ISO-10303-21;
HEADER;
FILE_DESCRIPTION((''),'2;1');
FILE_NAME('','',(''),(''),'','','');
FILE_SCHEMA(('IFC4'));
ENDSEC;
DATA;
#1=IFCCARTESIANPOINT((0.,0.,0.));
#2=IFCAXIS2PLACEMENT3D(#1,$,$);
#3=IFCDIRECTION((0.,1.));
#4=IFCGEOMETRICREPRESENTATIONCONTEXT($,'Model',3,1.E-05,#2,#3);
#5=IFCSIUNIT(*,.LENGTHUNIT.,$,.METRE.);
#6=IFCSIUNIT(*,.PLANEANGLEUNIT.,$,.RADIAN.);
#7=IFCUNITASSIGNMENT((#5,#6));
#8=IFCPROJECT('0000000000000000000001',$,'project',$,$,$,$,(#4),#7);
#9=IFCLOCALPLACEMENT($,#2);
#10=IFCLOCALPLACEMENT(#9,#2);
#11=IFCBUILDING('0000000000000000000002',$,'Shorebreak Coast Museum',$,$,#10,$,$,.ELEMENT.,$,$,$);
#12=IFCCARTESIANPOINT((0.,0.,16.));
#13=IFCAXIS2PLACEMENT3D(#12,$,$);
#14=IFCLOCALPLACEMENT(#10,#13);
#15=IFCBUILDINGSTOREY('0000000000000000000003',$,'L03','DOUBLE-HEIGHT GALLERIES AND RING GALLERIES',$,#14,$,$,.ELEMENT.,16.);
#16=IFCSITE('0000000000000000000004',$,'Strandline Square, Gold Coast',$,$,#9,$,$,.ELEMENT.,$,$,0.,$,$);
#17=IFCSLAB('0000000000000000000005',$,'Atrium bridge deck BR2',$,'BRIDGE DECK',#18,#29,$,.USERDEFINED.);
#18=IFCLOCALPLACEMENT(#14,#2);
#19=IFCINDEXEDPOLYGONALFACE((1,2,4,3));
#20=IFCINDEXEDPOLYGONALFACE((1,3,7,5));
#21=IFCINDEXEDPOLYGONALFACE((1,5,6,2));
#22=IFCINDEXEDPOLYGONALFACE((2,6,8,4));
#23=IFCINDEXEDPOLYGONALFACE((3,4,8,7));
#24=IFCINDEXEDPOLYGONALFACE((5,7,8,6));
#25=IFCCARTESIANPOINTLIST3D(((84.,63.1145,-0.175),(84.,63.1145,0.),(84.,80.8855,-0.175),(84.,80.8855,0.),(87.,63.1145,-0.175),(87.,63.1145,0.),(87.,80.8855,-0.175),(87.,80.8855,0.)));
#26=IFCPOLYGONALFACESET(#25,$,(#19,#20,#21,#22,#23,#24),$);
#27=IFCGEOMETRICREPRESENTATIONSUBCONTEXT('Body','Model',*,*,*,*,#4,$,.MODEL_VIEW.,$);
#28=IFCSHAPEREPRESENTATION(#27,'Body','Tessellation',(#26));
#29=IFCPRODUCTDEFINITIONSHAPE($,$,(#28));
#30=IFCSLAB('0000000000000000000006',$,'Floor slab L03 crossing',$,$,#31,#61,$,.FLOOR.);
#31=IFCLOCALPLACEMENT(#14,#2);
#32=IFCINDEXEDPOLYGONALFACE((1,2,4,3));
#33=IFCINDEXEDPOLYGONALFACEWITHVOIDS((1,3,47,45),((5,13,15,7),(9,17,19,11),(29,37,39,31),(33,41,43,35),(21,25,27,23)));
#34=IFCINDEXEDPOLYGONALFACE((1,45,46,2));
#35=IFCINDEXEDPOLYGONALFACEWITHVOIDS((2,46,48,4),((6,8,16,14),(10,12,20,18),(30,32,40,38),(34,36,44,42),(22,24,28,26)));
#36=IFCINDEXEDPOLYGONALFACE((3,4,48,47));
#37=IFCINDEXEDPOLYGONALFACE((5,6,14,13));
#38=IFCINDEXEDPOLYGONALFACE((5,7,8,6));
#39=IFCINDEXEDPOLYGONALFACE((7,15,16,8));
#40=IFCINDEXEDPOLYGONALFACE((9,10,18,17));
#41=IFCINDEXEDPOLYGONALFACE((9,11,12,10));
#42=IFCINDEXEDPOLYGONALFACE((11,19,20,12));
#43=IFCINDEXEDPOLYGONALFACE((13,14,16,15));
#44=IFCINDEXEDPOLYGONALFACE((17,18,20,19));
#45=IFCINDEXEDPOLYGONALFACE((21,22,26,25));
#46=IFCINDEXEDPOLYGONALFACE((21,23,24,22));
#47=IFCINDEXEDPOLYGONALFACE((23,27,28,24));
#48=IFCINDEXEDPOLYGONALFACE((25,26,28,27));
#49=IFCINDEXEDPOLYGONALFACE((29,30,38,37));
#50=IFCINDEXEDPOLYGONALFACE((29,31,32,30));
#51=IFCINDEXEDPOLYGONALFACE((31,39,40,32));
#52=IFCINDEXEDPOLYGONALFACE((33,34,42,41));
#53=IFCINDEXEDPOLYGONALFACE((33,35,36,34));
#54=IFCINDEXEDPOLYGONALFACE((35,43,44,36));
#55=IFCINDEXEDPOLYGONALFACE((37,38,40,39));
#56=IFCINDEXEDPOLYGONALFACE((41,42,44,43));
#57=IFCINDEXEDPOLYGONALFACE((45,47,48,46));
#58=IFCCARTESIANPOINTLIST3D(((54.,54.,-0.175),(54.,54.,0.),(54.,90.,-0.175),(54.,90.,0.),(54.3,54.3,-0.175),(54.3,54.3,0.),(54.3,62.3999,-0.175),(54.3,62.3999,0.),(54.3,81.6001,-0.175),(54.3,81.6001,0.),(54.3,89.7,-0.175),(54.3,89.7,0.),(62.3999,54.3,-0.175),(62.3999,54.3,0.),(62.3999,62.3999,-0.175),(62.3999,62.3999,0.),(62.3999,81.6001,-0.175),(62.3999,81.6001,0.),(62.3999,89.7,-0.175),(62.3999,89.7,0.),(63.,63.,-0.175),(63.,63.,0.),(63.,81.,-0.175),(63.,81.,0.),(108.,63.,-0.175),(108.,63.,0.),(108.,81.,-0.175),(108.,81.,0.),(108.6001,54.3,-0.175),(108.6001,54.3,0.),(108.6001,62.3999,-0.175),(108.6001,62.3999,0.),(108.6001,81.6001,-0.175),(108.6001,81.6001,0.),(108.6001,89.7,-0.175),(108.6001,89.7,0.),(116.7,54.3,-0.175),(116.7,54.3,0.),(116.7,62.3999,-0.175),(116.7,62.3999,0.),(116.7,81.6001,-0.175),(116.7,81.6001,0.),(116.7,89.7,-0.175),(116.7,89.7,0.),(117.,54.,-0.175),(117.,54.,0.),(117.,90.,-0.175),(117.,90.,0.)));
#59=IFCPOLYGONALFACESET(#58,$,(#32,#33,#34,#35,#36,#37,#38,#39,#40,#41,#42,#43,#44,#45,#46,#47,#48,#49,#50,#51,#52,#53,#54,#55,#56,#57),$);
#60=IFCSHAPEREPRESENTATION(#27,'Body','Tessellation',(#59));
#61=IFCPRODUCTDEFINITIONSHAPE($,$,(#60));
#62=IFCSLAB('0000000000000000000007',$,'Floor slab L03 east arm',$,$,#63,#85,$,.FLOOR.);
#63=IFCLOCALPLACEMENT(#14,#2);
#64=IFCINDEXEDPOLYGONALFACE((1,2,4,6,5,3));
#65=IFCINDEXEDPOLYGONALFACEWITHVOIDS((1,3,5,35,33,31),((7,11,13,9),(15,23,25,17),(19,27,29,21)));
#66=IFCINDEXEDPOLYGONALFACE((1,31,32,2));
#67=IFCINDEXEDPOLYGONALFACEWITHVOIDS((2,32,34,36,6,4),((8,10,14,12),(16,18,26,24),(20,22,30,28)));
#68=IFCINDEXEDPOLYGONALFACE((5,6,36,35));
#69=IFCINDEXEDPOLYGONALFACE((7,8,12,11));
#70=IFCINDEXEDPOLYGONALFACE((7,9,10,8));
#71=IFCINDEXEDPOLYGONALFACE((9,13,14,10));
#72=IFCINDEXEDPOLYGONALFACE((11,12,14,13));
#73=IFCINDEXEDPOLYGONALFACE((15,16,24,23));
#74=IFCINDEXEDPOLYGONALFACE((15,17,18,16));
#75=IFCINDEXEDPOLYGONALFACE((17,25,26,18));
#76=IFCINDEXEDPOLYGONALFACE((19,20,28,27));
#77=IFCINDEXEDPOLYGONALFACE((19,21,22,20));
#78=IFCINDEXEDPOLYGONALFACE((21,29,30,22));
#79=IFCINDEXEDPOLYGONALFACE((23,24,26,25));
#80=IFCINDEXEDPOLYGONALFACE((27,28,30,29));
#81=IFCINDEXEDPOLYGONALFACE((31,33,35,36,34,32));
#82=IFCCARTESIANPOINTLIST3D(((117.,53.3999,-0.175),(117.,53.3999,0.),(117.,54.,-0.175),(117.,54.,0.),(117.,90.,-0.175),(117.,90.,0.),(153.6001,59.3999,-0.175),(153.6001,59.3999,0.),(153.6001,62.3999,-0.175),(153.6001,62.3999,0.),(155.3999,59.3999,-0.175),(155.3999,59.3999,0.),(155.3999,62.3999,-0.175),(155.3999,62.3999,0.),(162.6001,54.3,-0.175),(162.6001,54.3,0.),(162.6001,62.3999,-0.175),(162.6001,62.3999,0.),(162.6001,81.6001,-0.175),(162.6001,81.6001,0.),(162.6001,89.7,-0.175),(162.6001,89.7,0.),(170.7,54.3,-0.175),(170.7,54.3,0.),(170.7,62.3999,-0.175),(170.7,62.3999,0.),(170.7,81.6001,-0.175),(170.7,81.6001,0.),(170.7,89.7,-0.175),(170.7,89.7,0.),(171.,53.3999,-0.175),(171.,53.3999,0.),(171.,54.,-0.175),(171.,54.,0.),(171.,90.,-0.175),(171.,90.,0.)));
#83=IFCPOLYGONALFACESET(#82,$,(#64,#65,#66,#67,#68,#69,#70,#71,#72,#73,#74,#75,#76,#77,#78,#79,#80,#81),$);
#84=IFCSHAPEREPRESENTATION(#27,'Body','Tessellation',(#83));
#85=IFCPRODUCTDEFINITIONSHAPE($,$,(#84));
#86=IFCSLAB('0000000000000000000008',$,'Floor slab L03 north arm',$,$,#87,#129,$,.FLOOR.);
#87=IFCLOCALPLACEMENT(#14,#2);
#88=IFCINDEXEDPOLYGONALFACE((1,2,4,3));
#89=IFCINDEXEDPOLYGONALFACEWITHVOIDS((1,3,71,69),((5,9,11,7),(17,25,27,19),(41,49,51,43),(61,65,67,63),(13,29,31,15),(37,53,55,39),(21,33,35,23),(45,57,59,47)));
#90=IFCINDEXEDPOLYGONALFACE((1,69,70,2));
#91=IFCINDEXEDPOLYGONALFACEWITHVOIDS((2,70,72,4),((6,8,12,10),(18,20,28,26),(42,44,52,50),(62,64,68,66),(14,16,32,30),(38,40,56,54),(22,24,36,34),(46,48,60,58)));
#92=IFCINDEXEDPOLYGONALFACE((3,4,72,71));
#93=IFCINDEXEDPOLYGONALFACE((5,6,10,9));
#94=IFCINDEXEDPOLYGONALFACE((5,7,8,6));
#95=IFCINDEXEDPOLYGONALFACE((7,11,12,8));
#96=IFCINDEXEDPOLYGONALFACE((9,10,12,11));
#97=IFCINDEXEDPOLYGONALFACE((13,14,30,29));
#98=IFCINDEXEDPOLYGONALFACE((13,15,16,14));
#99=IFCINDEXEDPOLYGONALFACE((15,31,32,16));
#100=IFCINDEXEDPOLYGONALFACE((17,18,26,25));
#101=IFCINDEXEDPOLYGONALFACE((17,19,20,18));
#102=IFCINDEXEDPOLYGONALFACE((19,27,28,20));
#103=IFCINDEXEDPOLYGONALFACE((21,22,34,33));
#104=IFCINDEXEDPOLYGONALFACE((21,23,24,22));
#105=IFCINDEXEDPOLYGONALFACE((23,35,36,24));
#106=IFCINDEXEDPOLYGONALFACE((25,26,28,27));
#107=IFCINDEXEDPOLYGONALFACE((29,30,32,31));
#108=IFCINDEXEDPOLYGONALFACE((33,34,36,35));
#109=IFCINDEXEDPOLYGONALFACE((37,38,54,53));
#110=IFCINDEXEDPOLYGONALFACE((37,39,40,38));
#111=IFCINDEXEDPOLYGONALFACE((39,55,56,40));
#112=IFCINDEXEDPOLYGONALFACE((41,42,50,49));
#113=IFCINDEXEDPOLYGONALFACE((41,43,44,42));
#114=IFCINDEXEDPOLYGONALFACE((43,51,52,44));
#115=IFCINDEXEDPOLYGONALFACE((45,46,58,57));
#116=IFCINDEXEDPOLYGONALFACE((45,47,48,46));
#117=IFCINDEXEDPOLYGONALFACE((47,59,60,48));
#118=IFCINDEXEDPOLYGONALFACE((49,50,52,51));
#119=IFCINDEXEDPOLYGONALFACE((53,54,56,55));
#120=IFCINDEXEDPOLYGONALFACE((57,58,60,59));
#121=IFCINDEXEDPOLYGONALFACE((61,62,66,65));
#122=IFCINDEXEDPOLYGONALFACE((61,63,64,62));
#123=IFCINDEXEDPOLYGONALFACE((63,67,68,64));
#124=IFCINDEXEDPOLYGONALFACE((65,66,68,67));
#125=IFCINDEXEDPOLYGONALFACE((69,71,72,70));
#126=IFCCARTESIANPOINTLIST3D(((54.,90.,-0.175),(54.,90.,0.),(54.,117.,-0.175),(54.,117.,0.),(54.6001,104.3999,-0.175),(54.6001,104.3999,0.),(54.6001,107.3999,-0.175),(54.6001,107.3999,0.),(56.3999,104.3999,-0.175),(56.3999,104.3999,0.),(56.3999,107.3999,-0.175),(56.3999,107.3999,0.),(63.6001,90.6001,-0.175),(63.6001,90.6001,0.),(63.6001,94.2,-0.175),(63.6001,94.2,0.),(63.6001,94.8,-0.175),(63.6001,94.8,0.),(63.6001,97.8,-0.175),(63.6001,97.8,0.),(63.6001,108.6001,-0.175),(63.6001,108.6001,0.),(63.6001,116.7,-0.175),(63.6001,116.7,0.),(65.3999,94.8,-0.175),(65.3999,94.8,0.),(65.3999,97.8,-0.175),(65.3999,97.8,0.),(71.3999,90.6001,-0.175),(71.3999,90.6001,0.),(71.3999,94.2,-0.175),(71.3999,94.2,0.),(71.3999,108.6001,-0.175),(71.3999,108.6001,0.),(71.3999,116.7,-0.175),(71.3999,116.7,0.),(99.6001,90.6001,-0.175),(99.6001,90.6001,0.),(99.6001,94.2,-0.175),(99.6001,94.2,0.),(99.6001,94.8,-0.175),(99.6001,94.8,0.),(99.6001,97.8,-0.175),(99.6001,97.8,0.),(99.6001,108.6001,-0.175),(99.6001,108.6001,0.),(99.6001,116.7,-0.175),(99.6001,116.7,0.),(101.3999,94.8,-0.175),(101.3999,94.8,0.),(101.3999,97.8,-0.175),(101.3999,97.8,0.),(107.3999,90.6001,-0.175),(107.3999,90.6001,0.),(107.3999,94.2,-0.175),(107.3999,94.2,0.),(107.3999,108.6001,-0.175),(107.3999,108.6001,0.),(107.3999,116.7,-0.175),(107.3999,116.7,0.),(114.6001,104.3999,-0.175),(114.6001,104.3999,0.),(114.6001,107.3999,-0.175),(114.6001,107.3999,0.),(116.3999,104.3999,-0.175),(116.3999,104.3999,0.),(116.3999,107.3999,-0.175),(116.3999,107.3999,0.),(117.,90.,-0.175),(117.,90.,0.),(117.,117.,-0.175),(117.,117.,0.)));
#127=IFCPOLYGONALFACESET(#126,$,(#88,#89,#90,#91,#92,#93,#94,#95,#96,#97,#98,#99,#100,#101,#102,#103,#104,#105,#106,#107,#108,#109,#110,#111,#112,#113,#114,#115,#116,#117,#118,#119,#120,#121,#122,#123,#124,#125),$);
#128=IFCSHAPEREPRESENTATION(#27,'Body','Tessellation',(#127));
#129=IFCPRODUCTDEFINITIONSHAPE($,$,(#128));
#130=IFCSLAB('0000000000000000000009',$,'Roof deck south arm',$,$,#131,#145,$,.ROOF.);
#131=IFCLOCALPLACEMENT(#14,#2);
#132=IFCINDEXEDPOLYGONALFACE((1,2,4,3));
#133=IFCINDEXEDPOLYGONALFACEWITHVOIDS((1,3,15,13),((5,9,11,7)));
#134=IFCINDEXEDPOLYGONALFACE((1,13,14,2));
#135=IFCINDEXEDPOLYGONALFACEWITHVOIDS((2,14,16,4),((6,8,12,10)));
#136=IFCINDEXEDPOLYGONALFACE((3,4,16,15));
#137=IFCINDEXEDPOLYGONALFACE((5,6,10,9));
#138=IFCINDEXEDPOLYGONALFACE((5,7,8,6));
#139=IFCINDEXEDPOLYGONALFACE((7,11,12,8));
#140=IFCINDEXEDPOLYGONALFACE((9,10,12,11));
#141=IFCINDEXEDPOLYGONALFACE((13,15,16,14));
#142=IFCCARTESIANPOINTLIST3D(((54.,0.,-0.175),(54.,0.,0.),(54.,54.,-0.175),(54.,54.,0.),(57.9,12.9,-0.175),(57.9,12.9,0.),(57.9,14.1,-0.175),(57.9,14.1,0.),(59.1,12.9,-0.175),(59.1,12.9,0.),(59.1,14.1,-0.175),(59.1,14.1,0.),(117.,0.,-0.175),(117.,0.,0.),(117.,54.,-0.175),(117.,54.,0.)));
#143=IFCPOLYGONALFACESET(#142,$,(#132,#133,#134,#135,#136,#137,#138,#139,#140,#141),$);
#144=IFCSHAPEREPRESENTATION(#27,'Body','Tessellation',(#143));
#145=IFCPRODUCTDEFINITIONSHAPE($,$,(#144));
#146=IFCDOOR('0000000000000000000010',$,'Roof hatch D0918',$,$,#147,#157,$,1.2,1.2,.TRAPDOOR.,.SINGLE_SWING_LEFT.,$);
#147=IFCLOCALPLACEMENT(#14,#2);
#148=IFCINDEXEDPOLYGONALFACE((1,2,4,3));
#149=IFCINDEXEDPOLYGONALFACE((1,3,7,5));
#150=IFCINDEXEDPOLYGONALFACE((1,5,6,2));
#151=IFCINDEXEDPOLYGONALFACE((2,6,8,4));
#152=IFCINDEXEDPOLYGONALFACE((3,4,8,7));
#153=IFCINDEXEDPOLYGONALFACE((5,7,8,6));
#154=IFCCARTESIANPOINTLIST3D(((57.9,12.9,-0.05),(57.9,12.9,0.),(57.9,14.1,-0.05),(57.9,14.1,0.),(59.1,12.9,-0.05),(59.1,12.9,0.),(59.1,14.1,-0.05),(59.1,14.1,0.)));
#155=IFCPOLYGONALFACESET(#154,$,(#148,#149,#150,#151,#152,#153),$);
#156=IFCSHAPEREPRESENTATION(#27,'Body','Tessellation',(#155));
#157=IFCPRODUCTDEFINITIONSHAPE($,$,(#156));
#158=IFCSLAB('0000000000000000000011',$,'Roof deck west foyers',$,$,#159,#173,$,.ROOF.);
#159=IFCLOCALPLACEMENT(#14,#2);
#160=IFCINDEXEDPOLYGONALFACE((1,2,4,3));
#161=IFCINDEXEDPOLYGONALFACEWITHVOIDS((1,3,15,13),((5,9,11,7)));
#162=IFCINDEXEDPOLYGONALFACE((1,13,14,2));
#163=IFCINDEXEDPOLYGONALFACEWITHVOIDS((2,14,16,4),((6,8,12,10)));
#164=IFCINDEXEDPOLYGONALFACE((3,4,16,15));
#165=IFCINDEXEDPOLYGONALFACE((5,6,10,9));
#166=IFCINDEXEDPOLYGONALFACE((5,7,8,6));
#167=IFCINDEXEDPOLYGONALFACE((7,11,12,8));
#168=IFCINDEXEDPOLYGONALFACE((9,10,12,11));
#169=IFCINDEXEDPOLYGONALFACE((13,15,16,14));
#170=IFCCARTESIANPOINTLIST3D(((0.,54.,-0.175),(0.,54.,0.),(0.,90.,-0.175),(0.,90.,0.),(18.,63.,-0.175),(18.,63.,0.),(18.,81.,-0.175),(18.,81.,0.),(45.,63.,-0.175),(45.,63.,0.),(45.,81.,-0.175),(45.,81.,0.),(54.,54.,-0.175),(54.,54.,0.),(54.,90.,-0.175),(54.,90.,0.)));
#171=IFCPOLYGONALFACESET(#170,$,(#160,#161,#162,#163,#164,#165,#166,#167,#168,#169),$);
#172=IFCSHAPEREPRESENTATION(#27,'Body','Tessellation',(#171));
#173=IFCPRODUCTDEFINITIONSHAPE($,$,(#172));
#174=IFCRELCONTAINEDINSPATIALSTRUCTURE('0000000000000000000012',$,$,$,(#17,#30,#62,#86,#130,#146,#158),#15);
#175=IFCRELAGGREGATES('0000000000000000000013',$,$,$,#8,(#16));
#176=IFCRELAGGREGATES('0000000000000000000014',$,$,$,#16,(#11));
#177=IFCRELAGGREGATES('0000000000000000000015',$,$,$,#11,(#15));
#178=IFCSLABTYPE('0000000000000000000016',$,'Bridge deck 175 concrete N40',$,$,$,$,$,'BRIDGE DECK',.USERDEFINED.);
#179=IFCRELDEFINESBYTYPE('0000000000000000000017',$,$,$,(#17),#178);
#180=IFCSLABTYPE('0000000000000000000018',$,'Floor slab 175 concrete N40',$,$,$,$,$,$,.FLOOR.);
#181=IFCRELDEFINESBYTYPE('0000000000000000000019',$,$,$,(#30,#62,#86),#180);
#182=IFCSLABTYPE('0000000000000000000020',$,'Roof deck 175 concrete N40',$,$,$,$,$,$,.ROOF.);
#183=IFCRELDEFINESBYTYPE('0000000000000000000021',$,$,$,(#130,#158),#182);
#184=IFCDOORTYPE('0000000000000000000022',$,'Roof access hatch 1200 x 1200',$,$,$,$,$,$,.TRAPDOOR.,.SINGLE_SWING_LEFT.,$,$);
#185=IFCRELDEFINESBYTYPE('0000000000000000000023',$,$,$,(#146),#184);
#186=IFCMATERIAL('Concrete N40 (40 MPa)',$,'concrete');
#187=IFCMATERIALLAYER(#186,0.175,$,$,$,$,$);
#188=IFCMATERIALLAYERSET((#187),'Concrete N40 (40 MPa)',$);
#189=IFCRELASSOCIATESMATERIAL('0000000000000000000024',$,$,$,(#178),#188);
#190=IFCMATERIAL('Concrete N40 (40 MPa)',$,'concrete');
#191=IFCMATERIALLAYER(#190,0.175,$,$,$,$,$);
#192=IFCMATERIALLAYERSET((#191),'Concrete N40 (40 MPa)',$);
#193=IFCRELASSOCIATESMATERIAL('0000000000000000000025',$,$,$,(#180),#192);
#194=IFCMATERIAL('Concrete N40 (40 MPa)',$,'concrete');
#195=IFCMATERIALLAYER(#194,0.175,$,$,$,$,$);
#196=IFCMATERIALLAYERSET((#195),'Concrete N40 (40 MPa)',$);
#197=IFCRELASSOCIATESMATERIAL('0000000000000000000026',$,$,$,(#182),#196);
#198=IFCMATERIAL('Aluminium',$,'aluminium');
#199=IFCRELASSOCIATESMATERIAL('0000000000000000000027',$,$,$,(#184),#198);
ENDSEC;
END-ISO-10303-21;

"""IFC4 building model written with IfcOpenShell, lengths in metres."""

from ifc_helpers import new_model, si_unit, direction, frame, origin, origin_2d, place, context, subcontext, project, spatial, polyline, rectangle, outline, extrude, material, layer, layer_set, type_object, element, fill, save


model = new_model("IFC4")

# Units and contexts
model_context = context("Model", 3, precision=1e-05, world=origin(), true_north=direction((0.0, 1.0)))
body_context = subcontext(model_context, "Body", "Model", "MODEL_VIEW")
ifc_project = project(units=[si_unit("LENGTHUNIT", "METRE"), si_unit("PLANEANGLEUNIT", "RADIAN")], contexts=[model_context])

# Site, building, storey
site_placement = place(None, origin())
site = spatial("IfcSite", under=ifc_project, at=site_placement, Name="Strandline Square, Gold Coast", CompositionType="ELEMENT", RefElevation=0.0)
building_placement = place(site_placement, origin())
building = spatial("IfcBuilding", under=site, at=building_placement, Name="Shorebreak Coast Museum", CompositionType="ELEMENT")
storey_placement = place(building_placement, frame((0.0, 0.0, 16.0)))
storey = spatial("IfcBuildingStorey", under=building, at=storey_placement, Name="L03", Description="DOUBLE-HEIGHT GALLERIES AND RING GALLERIES", CompositionType="ELEMENT", Elevation=16.0)

# Slabs
ifc_material_1 = material(Name="Concrete N40 (40 MPa)", Category="concrete")
ifc_layer_1 = layer(ifc_material_1, 0.175)
ifc_layer_set_1 = layer_set([ifc_layer_1], Name="Concrete N40 (40 MPa)")
slab_type_1 = type_object("IfcSlabType", Name="Bridge deck 175 concrete N40", ElementType="BRIDGE DECK", PredefinedType="USERDEFINED", material=ifc_layer_set_1)
slab_1_placement = place(storey_placement, frame((0.0, 0.0, -0.175)))
element("IfcSlab", 1, at=slab_1_placement, inside=storey, type_object=slab_type_1, Name="Atrium bridge deck BR2", ObjectType="BRIDGE DECK", PredefinedType="USERDEFINED", context=body_context, shape_type="SweptSolid", body=[
    extrude(outline(polyline([(87.0, 63.1145), (87.0, 80.8855), (84.0, 80.8855), (84.0, 63.1145), (87.0, 63.1145)])), origin(), (0.0, 0.0, 1.0), 0.175),
])
ifc_material_2 = material(Name="Concrete N40 (40 MPa)", Category="concrete")
ifc_layer_2 = layer(ifc_material_2, 0.175)
ifc_layer_set_2 = layer_set([ifc_layer_2], Name="Concrete N40 (40 MPa)")
slab_type_2 = type_object("IfcSlabType", Name="Floor slab 175 concrete N40", PredefinedType="FLOOR", material=ifc_layer_set_2)
slab_2_placement = place(storey_placement, frame((0.0, 0.0, -0.175)))
element("IfcSlab", 2, at=slab_2_placement, inside=storey, type_object=slab_type_2, Name="Floor slab L03 crossing", PredefinedType="FLOOR", context=body_context, shape_type="SweptSolid", body=[
    extrude(outline(polyline([(54.0, 54.0), (117.0, 54.0), (117.0, 90.0), (54.0, 90.0), (54.0, 54.0)]), holes=[polyline([(108.0, 81.0), (108.0, 63.0), (63.0, 63.0), (63.0, 81.0), (108.0, 81.0)]), polyline([(62.3999, 54.3), (54.3, 54.3), (54.3, 62.3999), (62.3999, 62.3999), (62.3999, 54.3)]), polyline([(108.6001, 54.3), (108.6001, 62.3999), (116.7, 62.3999), (116.7, 54.3), (108.6001, 54.3)]), polyline([(54.3, 89.7), (62.3999, 89.7), (62.3999, 81.6001), (54.3, 81.6001), (54.3, 89.7)]), polyline([(116.7, 89.7), (116.7, 81.6001), (108.6001, 81.6001), (108.6001, 89.7), (116.7, 89.7)])]), origin(), (0.0, 0.0, 1.0), 0.175),
])
slab_3_placement = place(storey_placement, frame((0.0, 0.0, -0.175)))
element("IfcSlab", 3, at=slab_3_placement, inside=storey, type_object=slab_type_2, Name="Floor slab L03 east arm", PredefinedType="FLOOR", context=body_context, shape_type="SweptSolid", body=[
    extrude(outline(polyline([(171.0, 53.3999), (171.0, 54.0), (171.0, 90.0), (117.0, 90.0), (117.0, 54.0), (117.0, 53.3999), (171.0, 53.3999)]), holes=[polyline([(153.6001, 59.3999), (153.6001, 62.3999), (155.3999, 62.3999), (155.3999, 59.3999), (153.6001, 59.3999)]), polyline([(162.6001, 62.3999), (170.7, 62.3999), (170.7, 54.3), (162.6001, 54.3), (162.6001, 62.3999)]), polyline([(170.7, 89.7), (170.7, 81.6001), (162.6001, 81.6001), (162.6001, 89.7), (170.7, 89.7)])]), origin(), (0.0, 0.0, 1.0), 0.175),
])
slab_4_placement = place(storey_placement, frame((0.0, 0.0, -0.175)))
element("IfcSlab", 4, at=slab_4_placement, inside=storey, type_object=slab_type_2, Name="Floor slab L03 north arm", PredefinedType="FLOOR", context=body_context, shape_type="SweptSolid", body=[
    extrude(outline(polyline([(117.0, 90.0), (117.0, 117.0), (54.0, 117.0), (54.0, 90.0), (117.0, 90.0)]), holes=[polyline([(107.3999, 90.6001), (99.6001, 90.6001), (99.6001, 94.2), (107.3999, 94.2), (107.3999, 90.6001)]), polyline([(63.6001, 90.6001), (63.6001, 94.2), (71.3999, 94.2), (71.3999, 90.6001), (63.6001, 90.6001)]), polyline([(99.6001, 97.8), (101.3999, 97.8), (101.3999, 94.8), (99.6001, 94.8), (99.6001, 97.8)]), polyline([(65.3999, 97.8), (65.3999, 94.8), (63.6001, 94.8), (63.6001, 97.8), (65.3999, 97.8)]), polyline([(56.3999, 104.3999), (54.6001, 104.3999), (54.6001, 107.3999), (56.3999, 107.3999), (56.3999, 104.3999)]), polyline([(114.6001, 104.3999), (114.6001, 107.3999), (116.3999, 107.3999), (116.3999, 104.3999), (114.6001, 104.3999)]), polyline([(63.6001, 116.7), (71.3999, 116.7), (71.3999, 108.6001), (63.6001, 108.6001), (63.6001, 116.7)]), polyline([(107.3999, 116.7), (107.3999, 108.6001), (99.6001, 108.6001), (99.6001, 116.7), (107.3999, 116.7)])]), origin(), (0.0, 0.0, 1.0), 0.175),
])

# Slab, opening, door
ifc_material_3 = material(Name="Concrete N40 (40 MPa)", Category="concrete")
ifc_layer_3 = layer(ifc_material_3, 0.175)
ifc_layer_set_3 = layer_set([ifc_layer_3], Name="Concrete N40 (40 MPa)")
slab_type_3 = type_object("IfcSlabType", Name="Roof deck 175 concrete N40", PredefinedType="ROOF", material=ifc_layer_set_3)
slab_5_placement = place(storey_placement, frame((0.0, 0.0, -0.175)))
slab_5 = element("IfcSlab", 5, at=slab_5_placement, inside=storey, type_object=slab_type_3, Name="Roof deck south arm", PredefinedType="ROOF", context=body_context, shape_type="SweptSolid", body=[
    extrude(outline(polyline([(54.0, 0.0), (117.0, 0.0), (117.0, 54.0), (54.0, 54.0), (54.0, 0.0)])), origin(), (0.0, 0.0, 1.0), 0.175),
])
opening_placement = place(slab_5_placement, frame((58.5, 13.5, 0.0)))
opening = element("IfcOpeningElement", 6, at=opening_placement, cuts=slab_5, PredefinedType="OPENING", context=body_context, shape_type="SweptSolid", body=[
    extrude(rectangle(XDim=1.2, YDim=1.2, at=origin_2d()), origin(), (0.0, 0.0, 1.0), 0.175),
])
ifc_material_4 = material(Name="Aluminium", Category="aluminium")
door_type = type_object("IfcDoorType", Name="Roof access hatch 1200 x 1200", OperationType="SINGLE_SWING_LEFT", PredefinedType="TRAPDOOR", material=ifc_material_4)
door_placement = place(opening_placement, frame((0.0, 0.0, 0.125)))
door = element("IfcDoor", 7, at=door_placement, inside=storey, type_object=door_type, Name="Roof hatch D0918", OperationType="SINGLE_SWING_LEFT", OverallHeight=1.2, OverallWidth=1.2, PredefinedType="TRAPDOOR", context=body_context, shape_type="SweptSolid", body=[
    extrude(rectangle(XDim=1.2, YDim=1.2, at=origin_2d()), origin(), (0.0, 0.0, 1.0), 0.05),
])
fill(opening, door)

# Slab
slab_6_placement = place(storey_placement, frame((0.0, 0.0, -0.175)))
element("IfcSlab", 8, at=slab_6_placement, inside=storey, type_object=slab_type_3, Name="Roof deck west foyers", PredefinedType="ROOF", context=body_context, shape_type="SweptSolid", body=[
    extrude(outline(polyline([(0.0, 54.0), (54.0, 54.0), (54.0, 90.0), (0.0, 90.0), (0.0, 54.0)]), holes=[polyline([(18.0, 63.0), (45.0, 63.0), (45.0, 81.0), (18.0, 81.0), (18.0, 63.0)])]), origin(), (0.0, 0.0, 1.0), 0.175),
])

save(model, "model.ifc")
